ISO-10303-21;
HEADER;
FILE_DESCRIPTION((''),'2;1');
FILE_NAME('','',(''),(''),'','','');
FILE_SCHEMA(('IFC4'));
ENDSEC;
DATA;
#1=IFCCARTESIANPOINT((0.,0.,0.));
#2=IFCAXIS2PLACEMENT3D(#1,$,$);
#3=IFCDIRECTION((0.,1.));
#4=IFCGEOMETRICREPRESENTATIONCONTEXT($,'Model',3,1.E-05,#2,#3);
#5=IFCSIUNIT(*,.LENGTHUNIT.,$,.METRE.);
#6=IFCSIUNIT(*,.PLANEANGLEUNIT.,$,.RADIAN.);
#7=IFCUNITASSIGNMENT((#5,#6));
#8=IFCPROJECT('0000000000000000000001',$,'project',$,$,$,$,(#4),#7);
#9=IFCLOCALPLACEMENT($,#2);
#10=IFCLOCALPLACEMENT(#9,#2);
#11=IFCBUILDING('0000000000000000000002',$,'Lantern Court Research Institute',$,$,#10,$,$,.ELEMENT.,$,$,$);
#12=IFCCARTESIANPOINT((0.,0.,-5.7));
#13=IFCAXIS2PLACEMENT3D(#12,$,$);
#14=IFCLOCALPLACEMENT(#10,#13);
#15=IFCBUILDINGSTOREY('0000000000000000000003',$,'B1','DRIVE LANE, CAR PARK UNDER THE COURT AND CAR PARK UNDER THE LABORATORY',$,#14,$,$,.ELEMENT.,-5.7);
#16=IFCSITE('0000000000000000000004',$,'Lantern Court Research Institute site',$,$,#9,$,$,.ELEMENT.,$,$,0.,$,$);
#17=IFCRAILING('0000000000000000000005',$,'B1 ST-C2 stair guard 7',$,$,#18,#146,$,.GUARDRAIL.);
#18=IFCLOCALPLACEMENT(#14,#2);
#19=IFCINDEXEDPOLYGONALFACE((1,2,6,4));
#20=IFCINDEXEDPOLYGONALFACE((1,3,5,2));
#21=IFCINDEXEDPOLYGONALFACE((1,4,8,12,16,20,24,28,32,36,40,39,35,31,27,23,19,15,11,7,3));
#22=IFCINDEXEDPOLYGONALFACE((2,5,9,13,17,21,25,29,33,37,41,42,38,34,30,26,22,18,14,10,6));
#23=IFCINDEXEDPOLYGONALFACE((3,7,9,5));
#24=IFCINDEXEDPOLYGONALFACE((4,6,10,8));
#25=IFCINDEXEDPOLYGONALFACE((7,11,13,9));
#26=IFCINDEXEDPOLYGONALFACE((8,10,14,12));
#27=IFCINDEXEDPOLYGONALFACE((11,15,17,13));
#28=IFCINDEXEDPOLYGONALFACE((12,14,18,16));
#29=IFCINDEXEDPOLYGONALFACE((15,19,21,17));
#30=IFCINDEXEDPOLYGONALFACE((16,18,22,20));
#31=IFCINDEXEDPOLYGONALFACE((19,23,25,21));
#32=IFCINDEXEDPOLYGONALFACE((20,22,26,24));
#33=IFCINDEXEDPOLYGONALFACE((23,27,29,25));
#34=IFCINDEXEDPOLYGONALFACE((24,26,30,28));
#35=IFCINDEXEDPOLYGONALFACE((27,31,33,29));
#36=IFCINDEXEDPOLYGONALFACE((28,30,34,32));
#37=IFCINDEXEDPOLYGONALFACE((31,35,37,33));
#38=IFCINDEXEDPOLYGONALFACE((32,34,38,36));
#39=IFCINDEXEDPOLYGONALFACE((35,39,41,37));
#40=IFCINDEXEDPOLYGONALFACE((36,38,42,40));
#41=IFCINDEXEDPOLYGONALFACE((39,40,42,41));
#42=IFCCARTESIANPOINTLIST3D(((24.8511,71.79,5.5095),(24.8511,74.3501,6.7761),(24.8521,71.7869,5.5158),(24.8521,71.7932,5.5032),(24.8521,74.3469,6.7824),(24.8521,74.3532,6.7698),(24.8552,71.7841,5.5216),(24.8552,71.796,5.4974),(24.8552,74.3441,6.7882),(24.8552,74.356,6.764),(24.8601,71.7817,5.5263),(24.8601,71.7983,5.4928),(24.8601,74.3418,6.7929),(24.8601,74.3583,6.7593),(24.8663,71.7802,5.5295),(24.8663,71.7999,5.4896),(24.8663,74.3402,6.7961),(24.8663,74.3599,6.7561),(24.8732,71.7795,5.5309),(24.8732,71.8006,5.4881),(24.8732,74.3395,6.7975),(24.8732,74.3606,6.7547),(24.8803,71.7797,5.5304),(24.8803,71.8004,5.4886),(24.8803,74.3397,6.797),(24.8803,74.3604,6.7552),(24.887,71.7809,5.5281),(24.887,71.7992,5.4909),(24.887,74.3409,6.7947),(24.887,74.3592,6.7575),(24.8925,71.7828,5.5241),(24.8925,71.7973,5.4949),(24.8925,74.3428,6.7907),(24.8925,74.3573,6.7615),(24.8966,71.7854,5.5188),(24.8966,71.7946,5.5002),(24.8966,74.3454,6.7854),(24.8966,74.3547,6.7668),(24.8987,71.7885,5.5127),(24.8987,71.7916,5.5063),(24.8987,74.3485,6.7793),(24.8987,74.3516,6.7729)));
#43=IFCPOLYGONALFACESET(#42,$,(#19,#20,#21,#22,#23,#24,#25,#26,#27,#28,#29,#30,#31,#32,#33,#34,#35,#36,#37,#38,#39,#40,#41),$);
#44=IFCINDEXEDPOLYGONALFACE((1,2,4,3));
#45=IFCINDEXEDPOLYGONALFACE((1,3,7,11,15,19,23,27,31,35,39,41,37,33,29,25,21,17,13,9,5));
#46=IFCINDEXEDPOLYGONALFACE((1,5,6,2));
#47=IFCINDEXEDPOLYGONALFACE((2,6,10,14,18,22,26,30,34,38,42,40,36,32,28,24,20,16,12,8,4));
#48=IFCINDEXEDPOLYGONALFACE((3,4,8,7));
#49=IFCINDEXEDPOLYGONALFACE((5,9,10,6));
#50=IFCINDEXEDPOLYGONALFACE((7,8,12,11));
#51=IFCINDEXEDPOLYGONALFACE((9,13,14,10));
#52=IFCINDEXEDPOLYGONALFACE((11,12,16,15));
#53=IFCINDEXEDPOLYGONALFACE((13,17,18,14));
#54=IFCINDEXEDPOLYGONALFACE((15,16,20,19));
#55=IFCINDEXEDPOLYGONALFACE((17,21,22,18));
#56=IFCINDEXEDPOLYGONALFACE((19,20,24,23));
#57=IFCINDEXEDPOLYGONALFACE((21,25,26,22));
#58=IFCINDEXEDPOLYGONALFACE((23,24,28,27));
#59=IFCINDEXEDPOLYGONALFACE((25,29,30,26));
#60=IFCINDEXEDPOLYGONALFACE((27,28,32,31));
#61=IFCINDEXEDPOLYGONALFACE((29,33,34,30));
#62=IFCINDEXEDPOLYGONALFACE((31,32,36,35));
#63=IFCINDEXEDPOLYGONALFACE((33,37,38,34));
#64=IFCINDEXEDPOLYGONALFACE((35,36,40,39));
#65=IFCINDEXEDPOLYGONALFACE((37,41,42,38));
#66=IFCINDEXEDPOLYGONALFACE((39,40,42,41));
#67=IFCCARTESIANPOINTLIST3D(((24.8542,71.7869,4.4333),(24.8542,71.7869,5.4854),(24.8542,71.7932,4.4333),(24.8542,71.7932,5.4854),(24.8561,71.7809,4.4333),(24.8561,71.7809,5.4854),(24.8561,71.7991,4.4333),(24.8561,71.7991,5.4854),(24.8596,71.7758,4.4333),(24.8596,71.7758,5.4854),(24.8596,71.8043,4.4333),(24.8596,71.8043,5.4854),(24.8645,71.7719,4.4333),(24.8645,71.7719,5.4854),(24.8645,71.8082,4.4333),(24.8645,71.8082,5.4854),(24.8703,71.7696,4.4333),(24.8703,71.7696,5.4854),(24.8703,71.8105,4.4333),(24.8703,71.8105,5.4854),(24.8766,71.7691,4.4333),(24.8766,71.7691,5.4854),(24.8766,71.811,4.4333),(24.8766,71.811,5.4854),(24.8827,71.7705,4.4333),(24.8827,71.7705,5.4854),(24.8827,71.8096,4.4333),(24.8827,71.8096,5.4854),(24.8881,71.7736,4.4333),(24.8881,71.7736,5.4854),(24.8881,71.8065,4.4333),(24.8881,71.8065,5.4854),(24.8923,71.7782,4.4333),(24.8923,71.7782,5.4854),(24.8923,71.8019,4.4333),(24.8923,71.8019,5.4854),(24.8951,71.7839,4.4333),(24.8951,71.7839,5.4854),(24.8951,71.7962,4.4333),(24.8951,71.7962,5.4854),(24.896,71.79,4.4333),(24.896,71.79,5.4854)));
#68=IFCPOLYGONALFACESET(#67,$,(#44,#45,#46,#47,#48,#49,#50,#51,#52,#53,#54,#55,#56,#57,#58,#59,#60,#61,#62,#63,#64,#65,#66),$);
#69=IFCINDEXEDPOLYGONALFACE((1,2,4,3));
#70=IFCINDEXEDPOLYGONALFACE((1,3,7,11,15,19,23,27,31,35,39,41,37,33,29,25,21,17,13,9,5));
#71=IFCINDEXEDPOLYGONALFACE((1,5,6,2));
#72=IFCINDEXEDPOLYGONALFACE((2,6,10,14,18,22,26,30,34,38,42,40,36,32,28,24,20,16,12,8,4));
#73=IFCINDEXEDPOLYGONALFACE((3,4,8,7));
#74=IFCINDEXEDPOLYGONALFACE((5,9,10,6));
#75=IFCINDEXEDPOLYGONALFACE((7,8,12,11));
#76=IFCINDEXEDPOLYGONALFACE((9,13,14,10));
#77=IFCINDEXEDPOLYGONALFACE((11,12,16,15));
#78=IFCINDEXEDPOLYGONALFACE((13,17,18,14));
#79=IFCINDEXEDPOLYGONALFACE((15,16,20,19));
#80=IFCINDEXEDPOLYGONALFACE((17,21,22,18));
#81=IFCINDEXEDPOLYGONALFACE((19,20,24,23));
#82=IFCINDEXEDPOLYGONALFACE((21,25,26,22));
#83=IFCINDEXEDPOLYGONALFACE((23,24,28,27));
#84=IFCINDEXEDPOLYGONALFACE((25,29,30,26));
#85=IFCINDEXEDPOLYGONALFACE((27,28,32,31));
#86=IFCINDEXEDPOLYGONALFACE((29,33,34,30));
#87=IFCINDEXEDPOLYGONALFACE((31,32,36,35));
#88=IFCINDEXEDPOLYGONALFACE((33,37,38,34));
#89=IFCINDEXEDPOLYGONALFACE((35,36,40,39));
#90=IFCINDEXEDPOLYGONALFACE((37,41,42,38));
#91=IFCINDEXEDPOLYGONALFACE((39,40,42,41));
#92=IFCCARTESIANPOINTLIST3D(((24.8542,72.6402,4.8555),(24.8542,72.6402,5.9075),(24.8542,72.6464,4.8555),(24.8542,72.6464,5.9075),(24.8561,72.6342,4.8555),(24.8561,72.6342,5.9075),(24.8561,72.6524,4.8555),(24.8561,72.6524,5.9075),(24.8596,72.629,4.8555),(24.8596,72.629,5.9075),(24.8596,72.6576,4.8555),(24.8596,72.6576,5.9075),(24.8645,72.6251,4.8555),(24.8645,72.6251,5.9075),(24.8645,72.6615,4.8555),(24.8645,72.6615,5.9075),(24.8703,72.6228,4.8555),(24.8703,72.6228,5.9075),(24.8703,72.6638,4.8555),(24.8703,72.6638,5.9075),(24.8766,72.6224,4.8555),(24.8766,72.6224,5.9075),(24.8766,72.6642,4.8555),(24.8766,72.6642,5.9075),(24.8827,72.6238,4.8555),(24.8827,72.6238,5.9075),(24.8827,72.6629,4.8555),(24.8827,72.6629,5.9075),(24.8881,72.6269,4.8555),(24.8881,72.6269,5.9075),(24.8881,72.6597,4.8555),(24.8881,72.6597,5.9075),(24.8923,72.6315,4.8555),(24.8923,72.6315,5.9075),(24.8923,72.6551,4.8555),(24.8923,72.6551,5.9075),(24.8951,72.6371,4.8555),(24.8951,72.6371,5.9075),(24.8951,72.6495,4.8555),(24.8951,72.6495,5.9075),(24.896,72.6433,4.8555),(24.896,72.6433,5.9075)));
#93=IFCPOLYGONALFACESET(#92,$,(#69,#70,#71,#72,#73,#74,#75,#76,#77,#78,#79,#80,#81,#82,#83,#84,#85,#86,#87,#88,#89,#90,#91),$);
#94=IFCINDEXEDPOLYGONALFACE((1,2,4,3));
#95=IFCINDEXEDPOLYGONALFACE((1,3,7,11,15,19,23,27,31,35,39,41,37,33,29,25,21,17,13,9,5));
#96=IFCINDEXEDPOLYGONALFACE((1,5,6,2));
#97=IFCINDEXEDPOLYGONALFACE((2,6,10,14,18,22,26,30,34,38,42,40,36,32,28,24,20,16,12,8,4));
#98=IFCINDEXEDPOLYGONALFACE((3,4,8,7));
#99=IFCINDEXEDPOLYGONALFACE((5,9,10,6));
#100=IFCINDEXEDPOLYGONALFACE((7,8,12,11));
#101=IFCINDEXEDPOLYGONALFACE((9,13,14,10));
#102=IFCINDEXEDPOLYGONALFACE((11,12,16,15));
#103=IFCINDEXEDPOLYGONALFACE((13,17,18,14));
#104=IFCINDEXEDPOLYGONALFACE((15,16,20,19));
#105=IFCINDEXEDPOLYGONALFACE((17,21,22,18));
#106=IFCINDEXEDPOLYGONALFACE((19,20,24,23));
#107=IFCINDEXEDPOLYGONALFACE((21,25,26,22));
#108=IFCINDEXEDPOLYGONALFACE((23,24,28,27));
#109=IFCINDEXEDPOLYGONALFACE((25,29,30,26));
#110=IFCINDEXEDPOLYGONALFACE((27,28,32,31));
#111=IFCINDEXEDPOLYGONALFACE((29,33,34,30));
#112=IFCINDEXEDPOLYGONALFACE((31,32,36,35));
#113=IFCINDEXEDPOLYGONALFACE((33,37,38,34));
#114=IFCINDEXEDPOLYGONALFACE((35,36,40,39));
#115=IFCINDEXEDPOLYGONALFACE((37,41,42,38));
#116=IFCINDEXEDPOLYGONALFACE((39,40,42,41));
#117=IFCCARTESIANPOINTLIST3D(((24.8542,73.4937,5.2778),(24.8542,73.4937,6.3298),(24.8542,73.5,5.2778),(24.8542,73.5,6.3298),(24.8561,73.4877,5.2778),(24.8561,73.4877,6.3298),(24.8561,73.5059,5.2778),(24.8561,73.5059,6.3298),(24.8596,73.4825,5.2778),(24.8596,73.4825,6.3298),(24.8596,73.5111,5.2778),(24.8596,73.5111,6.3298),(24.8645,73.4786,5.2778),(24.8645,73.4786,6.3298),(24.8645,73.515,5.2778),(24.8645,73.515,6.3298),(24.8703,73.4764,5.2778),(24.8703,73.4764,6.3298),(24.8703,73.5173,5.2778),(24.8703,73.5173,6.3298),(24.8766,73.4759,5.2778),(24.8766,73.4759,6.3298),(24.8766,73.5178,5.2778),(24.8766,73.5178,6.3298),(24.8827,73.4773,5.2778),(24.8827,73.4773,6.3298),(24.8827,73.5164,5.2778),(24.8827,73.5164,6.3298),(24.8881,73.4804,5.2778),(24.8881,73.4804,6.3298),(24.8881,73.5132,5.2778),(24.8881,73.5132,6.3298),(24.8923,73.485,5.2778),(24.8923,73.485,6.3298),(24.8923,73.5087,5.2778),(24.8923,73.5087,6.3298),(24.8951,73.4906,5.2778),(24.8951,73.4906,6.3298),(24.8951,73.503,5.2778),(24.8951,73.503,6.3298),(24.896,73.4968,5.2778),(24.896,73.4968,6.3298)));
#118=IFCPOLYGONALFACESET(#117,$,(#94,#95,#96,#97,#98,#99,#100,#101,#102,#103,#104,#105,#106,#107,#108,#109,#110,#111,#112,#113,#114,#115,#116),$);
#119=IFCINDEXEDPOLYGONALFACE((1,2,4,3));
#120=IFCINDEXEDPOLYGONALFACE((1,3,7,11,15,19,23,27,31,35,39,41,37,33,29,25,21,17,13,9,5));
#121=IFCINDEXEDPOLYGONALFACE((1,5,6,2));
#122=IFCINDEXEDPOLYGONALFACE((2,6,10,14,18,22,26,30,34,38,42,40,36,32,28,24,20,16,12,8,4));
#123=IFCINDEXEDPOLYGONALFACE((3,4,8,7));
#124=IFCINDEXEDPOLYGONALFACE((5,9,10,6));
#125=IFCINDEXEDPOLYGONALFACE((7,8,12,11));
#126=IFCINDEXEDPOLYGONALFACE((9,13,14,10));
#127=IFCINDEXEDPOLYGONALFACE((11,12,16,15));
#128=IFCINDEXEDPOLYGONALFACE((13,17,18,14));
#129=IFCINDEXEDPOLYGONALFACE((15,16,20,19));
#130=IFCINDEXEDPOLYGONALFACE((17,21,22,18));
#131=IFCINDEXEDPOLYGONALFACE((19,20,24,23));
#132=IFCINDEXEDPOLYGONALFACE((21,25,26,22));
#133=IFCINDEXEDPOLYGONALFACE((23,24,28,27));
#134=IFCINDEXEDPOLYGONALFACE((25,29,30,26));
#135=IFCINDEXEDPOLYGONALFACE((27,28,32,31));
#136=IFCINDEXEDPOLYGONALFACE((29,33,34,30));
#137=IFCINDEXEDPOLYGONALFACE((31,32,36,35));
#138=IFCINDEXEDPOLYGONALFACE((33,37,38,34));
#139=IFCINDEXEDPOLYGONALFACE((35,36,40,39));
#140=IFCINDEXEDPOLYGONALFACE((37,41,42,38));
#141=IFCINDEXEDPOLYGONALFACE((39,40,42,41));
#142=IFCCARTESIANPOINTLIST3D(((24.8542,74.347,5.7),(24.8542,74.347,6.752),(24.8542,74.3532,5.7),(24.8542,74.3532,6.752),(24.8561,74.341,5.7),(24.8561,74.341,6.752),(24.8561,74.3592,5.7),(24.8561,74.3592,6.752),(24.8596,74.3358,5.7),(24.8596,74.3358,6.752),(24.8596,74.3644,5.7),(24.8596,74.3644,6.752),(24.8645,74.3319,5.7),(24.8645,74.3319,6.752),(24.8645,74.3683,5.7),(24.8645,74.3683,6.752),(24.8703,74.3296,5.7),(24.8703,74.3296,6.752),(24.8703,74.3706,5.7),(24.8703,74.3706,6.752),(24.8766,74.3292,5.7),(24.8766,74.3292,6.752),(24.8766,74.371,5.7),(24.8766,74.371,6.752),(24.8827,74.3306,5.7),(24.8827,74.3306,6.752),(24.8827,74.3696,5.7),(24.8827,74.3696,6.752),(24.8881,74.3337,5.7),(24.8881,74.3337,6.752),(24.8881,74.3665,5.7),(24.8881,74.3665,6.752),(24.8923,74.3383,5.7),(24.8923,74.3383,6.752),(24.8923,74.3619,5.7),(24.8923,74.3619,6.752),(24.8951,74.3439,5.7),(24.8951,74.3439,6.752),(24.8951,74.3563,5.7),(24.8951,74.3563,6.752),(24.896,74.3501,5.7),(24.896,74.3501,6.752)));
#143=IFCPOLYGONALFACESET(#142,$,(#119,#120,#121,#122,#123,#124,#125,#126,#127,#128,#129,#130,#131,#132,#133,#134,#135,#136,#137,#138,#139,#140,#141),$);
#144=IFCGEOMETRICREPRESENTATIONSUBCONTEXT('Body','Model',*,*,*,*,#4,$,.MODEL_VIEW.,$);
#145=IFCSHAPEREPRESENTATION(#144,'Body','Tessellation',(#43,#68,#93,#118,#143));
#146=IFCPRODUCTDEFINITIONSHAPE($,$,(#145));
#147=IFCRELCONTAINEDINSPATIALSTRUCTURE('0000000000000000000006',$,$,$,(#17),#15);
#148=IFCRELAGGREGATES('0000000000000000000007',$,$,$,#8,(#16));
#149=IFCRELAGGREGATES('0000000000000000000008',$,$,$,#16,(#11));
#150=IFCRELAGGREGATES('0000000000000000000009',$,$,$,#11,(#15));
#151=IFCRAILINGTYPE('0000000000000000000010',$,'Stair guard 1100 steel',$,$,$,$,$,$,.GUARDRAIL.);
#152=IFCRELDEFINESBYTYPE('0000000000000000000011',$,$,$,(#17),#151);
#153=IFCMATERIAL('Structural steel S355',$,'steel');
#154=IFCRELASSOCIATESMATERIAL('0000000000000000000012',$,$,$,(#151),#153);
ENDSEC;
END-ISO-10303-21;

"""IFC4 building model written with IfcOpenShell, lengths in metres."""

from ifc_helpers import new_model, si_unit, direction, frame, origin, origin_2d, place, context, subcontext, project, spatial, circle, extrude, material, type_object, element, save


model = new_model("IFC4")

# Units and contexts
model_context = context("Model", 3, precision=1e-05, world=origin(), true_north=direction((0.0, 1.0)))
body_context = subcontext(model_context, "Body", "Model", "MODEL_VIEW")
ifc_project = project(units=[si_unit("LENGTHUNIT", "METRE"), si_unit("PLANEANGLEUNIT", "RADIAN")], contexts=[model_context])

# Site, building, storey
site_placement = place(None, origin())
site = spatial("IfcSite", under=ifc_project, at=site_placement, Name="Lantern Court Research Institute site", CompositionType="ELEMENT", RefElevation=0.0)
building_placement = place(site_placement, origin())
building = spatial("IfcBuilding", under=site, at=building_placement, Name="Lantern Court Research Institute", CompositionType="ELEMENT")
storey_placement = place(building_placement, frame((0.0, 0.0, -5.7)))
storey = spatial("IfcBuildingStorey", under=building, at=storey_placement, Name="B1", Description="DRIVE LANE, CAR PARK UNDER THE COURT AND CAR PARK UNDER THE LABORATORY", CompositionType="ELEMENT", Elevation=-5.7)

# Railing
ifc_material_1 = material(Name="Structural steel S355", Category="steel")
railing_type = type_object("IfcRailingType", Name="Stair guard 1100 steel", PredefinedType="GUARDRAIL", material=ifc_material_1)
railing_1_placement = place(storey_placement, frame((24.875, 71.79, 4.4333)))
element("IfcRailing", 1, at=railing_1_placement, inside=storey, type_object=railing_type, Name="B1 ST-C2 stair guard 7", PredefinedType="GUARDRAIL", context=body_context, shape_type="SweptSolid", body=[
    extrude(circle(Radius=0.0239, at=origin_2d()), frame((0.0, 0.0, 1.0762), z_axis=(0.0, 0.8963, 0.443449), x_axis=(-1.0, 0.0, 0.0)), (0.0, 0.0, 1.0), 2.8562),
    extrude(circle(Radius=0.021, at=origin_2d()), origin(), (0.0, 0.0, 1.0), 1.052),
    extrude(circle(Radius=0.021, at=origin_2d()), frame((0.0, 0.8533, 0.4221)), (0.0, 0.0, 1.0), 1.052),
    extrude(circle(Radius=0.021, at=origin_2d()), frame((0.0, 1.7068, 0.8445)), (0.0, 0.0, 1.0), 1.052),
    extrude(circle(Radius=0.021, at=origin_2d()), frame((0.0, 2.5601, 1.2666)), (0.0, 0.0, 1.0), 1.052),
])

save(model, "model.ifc")
